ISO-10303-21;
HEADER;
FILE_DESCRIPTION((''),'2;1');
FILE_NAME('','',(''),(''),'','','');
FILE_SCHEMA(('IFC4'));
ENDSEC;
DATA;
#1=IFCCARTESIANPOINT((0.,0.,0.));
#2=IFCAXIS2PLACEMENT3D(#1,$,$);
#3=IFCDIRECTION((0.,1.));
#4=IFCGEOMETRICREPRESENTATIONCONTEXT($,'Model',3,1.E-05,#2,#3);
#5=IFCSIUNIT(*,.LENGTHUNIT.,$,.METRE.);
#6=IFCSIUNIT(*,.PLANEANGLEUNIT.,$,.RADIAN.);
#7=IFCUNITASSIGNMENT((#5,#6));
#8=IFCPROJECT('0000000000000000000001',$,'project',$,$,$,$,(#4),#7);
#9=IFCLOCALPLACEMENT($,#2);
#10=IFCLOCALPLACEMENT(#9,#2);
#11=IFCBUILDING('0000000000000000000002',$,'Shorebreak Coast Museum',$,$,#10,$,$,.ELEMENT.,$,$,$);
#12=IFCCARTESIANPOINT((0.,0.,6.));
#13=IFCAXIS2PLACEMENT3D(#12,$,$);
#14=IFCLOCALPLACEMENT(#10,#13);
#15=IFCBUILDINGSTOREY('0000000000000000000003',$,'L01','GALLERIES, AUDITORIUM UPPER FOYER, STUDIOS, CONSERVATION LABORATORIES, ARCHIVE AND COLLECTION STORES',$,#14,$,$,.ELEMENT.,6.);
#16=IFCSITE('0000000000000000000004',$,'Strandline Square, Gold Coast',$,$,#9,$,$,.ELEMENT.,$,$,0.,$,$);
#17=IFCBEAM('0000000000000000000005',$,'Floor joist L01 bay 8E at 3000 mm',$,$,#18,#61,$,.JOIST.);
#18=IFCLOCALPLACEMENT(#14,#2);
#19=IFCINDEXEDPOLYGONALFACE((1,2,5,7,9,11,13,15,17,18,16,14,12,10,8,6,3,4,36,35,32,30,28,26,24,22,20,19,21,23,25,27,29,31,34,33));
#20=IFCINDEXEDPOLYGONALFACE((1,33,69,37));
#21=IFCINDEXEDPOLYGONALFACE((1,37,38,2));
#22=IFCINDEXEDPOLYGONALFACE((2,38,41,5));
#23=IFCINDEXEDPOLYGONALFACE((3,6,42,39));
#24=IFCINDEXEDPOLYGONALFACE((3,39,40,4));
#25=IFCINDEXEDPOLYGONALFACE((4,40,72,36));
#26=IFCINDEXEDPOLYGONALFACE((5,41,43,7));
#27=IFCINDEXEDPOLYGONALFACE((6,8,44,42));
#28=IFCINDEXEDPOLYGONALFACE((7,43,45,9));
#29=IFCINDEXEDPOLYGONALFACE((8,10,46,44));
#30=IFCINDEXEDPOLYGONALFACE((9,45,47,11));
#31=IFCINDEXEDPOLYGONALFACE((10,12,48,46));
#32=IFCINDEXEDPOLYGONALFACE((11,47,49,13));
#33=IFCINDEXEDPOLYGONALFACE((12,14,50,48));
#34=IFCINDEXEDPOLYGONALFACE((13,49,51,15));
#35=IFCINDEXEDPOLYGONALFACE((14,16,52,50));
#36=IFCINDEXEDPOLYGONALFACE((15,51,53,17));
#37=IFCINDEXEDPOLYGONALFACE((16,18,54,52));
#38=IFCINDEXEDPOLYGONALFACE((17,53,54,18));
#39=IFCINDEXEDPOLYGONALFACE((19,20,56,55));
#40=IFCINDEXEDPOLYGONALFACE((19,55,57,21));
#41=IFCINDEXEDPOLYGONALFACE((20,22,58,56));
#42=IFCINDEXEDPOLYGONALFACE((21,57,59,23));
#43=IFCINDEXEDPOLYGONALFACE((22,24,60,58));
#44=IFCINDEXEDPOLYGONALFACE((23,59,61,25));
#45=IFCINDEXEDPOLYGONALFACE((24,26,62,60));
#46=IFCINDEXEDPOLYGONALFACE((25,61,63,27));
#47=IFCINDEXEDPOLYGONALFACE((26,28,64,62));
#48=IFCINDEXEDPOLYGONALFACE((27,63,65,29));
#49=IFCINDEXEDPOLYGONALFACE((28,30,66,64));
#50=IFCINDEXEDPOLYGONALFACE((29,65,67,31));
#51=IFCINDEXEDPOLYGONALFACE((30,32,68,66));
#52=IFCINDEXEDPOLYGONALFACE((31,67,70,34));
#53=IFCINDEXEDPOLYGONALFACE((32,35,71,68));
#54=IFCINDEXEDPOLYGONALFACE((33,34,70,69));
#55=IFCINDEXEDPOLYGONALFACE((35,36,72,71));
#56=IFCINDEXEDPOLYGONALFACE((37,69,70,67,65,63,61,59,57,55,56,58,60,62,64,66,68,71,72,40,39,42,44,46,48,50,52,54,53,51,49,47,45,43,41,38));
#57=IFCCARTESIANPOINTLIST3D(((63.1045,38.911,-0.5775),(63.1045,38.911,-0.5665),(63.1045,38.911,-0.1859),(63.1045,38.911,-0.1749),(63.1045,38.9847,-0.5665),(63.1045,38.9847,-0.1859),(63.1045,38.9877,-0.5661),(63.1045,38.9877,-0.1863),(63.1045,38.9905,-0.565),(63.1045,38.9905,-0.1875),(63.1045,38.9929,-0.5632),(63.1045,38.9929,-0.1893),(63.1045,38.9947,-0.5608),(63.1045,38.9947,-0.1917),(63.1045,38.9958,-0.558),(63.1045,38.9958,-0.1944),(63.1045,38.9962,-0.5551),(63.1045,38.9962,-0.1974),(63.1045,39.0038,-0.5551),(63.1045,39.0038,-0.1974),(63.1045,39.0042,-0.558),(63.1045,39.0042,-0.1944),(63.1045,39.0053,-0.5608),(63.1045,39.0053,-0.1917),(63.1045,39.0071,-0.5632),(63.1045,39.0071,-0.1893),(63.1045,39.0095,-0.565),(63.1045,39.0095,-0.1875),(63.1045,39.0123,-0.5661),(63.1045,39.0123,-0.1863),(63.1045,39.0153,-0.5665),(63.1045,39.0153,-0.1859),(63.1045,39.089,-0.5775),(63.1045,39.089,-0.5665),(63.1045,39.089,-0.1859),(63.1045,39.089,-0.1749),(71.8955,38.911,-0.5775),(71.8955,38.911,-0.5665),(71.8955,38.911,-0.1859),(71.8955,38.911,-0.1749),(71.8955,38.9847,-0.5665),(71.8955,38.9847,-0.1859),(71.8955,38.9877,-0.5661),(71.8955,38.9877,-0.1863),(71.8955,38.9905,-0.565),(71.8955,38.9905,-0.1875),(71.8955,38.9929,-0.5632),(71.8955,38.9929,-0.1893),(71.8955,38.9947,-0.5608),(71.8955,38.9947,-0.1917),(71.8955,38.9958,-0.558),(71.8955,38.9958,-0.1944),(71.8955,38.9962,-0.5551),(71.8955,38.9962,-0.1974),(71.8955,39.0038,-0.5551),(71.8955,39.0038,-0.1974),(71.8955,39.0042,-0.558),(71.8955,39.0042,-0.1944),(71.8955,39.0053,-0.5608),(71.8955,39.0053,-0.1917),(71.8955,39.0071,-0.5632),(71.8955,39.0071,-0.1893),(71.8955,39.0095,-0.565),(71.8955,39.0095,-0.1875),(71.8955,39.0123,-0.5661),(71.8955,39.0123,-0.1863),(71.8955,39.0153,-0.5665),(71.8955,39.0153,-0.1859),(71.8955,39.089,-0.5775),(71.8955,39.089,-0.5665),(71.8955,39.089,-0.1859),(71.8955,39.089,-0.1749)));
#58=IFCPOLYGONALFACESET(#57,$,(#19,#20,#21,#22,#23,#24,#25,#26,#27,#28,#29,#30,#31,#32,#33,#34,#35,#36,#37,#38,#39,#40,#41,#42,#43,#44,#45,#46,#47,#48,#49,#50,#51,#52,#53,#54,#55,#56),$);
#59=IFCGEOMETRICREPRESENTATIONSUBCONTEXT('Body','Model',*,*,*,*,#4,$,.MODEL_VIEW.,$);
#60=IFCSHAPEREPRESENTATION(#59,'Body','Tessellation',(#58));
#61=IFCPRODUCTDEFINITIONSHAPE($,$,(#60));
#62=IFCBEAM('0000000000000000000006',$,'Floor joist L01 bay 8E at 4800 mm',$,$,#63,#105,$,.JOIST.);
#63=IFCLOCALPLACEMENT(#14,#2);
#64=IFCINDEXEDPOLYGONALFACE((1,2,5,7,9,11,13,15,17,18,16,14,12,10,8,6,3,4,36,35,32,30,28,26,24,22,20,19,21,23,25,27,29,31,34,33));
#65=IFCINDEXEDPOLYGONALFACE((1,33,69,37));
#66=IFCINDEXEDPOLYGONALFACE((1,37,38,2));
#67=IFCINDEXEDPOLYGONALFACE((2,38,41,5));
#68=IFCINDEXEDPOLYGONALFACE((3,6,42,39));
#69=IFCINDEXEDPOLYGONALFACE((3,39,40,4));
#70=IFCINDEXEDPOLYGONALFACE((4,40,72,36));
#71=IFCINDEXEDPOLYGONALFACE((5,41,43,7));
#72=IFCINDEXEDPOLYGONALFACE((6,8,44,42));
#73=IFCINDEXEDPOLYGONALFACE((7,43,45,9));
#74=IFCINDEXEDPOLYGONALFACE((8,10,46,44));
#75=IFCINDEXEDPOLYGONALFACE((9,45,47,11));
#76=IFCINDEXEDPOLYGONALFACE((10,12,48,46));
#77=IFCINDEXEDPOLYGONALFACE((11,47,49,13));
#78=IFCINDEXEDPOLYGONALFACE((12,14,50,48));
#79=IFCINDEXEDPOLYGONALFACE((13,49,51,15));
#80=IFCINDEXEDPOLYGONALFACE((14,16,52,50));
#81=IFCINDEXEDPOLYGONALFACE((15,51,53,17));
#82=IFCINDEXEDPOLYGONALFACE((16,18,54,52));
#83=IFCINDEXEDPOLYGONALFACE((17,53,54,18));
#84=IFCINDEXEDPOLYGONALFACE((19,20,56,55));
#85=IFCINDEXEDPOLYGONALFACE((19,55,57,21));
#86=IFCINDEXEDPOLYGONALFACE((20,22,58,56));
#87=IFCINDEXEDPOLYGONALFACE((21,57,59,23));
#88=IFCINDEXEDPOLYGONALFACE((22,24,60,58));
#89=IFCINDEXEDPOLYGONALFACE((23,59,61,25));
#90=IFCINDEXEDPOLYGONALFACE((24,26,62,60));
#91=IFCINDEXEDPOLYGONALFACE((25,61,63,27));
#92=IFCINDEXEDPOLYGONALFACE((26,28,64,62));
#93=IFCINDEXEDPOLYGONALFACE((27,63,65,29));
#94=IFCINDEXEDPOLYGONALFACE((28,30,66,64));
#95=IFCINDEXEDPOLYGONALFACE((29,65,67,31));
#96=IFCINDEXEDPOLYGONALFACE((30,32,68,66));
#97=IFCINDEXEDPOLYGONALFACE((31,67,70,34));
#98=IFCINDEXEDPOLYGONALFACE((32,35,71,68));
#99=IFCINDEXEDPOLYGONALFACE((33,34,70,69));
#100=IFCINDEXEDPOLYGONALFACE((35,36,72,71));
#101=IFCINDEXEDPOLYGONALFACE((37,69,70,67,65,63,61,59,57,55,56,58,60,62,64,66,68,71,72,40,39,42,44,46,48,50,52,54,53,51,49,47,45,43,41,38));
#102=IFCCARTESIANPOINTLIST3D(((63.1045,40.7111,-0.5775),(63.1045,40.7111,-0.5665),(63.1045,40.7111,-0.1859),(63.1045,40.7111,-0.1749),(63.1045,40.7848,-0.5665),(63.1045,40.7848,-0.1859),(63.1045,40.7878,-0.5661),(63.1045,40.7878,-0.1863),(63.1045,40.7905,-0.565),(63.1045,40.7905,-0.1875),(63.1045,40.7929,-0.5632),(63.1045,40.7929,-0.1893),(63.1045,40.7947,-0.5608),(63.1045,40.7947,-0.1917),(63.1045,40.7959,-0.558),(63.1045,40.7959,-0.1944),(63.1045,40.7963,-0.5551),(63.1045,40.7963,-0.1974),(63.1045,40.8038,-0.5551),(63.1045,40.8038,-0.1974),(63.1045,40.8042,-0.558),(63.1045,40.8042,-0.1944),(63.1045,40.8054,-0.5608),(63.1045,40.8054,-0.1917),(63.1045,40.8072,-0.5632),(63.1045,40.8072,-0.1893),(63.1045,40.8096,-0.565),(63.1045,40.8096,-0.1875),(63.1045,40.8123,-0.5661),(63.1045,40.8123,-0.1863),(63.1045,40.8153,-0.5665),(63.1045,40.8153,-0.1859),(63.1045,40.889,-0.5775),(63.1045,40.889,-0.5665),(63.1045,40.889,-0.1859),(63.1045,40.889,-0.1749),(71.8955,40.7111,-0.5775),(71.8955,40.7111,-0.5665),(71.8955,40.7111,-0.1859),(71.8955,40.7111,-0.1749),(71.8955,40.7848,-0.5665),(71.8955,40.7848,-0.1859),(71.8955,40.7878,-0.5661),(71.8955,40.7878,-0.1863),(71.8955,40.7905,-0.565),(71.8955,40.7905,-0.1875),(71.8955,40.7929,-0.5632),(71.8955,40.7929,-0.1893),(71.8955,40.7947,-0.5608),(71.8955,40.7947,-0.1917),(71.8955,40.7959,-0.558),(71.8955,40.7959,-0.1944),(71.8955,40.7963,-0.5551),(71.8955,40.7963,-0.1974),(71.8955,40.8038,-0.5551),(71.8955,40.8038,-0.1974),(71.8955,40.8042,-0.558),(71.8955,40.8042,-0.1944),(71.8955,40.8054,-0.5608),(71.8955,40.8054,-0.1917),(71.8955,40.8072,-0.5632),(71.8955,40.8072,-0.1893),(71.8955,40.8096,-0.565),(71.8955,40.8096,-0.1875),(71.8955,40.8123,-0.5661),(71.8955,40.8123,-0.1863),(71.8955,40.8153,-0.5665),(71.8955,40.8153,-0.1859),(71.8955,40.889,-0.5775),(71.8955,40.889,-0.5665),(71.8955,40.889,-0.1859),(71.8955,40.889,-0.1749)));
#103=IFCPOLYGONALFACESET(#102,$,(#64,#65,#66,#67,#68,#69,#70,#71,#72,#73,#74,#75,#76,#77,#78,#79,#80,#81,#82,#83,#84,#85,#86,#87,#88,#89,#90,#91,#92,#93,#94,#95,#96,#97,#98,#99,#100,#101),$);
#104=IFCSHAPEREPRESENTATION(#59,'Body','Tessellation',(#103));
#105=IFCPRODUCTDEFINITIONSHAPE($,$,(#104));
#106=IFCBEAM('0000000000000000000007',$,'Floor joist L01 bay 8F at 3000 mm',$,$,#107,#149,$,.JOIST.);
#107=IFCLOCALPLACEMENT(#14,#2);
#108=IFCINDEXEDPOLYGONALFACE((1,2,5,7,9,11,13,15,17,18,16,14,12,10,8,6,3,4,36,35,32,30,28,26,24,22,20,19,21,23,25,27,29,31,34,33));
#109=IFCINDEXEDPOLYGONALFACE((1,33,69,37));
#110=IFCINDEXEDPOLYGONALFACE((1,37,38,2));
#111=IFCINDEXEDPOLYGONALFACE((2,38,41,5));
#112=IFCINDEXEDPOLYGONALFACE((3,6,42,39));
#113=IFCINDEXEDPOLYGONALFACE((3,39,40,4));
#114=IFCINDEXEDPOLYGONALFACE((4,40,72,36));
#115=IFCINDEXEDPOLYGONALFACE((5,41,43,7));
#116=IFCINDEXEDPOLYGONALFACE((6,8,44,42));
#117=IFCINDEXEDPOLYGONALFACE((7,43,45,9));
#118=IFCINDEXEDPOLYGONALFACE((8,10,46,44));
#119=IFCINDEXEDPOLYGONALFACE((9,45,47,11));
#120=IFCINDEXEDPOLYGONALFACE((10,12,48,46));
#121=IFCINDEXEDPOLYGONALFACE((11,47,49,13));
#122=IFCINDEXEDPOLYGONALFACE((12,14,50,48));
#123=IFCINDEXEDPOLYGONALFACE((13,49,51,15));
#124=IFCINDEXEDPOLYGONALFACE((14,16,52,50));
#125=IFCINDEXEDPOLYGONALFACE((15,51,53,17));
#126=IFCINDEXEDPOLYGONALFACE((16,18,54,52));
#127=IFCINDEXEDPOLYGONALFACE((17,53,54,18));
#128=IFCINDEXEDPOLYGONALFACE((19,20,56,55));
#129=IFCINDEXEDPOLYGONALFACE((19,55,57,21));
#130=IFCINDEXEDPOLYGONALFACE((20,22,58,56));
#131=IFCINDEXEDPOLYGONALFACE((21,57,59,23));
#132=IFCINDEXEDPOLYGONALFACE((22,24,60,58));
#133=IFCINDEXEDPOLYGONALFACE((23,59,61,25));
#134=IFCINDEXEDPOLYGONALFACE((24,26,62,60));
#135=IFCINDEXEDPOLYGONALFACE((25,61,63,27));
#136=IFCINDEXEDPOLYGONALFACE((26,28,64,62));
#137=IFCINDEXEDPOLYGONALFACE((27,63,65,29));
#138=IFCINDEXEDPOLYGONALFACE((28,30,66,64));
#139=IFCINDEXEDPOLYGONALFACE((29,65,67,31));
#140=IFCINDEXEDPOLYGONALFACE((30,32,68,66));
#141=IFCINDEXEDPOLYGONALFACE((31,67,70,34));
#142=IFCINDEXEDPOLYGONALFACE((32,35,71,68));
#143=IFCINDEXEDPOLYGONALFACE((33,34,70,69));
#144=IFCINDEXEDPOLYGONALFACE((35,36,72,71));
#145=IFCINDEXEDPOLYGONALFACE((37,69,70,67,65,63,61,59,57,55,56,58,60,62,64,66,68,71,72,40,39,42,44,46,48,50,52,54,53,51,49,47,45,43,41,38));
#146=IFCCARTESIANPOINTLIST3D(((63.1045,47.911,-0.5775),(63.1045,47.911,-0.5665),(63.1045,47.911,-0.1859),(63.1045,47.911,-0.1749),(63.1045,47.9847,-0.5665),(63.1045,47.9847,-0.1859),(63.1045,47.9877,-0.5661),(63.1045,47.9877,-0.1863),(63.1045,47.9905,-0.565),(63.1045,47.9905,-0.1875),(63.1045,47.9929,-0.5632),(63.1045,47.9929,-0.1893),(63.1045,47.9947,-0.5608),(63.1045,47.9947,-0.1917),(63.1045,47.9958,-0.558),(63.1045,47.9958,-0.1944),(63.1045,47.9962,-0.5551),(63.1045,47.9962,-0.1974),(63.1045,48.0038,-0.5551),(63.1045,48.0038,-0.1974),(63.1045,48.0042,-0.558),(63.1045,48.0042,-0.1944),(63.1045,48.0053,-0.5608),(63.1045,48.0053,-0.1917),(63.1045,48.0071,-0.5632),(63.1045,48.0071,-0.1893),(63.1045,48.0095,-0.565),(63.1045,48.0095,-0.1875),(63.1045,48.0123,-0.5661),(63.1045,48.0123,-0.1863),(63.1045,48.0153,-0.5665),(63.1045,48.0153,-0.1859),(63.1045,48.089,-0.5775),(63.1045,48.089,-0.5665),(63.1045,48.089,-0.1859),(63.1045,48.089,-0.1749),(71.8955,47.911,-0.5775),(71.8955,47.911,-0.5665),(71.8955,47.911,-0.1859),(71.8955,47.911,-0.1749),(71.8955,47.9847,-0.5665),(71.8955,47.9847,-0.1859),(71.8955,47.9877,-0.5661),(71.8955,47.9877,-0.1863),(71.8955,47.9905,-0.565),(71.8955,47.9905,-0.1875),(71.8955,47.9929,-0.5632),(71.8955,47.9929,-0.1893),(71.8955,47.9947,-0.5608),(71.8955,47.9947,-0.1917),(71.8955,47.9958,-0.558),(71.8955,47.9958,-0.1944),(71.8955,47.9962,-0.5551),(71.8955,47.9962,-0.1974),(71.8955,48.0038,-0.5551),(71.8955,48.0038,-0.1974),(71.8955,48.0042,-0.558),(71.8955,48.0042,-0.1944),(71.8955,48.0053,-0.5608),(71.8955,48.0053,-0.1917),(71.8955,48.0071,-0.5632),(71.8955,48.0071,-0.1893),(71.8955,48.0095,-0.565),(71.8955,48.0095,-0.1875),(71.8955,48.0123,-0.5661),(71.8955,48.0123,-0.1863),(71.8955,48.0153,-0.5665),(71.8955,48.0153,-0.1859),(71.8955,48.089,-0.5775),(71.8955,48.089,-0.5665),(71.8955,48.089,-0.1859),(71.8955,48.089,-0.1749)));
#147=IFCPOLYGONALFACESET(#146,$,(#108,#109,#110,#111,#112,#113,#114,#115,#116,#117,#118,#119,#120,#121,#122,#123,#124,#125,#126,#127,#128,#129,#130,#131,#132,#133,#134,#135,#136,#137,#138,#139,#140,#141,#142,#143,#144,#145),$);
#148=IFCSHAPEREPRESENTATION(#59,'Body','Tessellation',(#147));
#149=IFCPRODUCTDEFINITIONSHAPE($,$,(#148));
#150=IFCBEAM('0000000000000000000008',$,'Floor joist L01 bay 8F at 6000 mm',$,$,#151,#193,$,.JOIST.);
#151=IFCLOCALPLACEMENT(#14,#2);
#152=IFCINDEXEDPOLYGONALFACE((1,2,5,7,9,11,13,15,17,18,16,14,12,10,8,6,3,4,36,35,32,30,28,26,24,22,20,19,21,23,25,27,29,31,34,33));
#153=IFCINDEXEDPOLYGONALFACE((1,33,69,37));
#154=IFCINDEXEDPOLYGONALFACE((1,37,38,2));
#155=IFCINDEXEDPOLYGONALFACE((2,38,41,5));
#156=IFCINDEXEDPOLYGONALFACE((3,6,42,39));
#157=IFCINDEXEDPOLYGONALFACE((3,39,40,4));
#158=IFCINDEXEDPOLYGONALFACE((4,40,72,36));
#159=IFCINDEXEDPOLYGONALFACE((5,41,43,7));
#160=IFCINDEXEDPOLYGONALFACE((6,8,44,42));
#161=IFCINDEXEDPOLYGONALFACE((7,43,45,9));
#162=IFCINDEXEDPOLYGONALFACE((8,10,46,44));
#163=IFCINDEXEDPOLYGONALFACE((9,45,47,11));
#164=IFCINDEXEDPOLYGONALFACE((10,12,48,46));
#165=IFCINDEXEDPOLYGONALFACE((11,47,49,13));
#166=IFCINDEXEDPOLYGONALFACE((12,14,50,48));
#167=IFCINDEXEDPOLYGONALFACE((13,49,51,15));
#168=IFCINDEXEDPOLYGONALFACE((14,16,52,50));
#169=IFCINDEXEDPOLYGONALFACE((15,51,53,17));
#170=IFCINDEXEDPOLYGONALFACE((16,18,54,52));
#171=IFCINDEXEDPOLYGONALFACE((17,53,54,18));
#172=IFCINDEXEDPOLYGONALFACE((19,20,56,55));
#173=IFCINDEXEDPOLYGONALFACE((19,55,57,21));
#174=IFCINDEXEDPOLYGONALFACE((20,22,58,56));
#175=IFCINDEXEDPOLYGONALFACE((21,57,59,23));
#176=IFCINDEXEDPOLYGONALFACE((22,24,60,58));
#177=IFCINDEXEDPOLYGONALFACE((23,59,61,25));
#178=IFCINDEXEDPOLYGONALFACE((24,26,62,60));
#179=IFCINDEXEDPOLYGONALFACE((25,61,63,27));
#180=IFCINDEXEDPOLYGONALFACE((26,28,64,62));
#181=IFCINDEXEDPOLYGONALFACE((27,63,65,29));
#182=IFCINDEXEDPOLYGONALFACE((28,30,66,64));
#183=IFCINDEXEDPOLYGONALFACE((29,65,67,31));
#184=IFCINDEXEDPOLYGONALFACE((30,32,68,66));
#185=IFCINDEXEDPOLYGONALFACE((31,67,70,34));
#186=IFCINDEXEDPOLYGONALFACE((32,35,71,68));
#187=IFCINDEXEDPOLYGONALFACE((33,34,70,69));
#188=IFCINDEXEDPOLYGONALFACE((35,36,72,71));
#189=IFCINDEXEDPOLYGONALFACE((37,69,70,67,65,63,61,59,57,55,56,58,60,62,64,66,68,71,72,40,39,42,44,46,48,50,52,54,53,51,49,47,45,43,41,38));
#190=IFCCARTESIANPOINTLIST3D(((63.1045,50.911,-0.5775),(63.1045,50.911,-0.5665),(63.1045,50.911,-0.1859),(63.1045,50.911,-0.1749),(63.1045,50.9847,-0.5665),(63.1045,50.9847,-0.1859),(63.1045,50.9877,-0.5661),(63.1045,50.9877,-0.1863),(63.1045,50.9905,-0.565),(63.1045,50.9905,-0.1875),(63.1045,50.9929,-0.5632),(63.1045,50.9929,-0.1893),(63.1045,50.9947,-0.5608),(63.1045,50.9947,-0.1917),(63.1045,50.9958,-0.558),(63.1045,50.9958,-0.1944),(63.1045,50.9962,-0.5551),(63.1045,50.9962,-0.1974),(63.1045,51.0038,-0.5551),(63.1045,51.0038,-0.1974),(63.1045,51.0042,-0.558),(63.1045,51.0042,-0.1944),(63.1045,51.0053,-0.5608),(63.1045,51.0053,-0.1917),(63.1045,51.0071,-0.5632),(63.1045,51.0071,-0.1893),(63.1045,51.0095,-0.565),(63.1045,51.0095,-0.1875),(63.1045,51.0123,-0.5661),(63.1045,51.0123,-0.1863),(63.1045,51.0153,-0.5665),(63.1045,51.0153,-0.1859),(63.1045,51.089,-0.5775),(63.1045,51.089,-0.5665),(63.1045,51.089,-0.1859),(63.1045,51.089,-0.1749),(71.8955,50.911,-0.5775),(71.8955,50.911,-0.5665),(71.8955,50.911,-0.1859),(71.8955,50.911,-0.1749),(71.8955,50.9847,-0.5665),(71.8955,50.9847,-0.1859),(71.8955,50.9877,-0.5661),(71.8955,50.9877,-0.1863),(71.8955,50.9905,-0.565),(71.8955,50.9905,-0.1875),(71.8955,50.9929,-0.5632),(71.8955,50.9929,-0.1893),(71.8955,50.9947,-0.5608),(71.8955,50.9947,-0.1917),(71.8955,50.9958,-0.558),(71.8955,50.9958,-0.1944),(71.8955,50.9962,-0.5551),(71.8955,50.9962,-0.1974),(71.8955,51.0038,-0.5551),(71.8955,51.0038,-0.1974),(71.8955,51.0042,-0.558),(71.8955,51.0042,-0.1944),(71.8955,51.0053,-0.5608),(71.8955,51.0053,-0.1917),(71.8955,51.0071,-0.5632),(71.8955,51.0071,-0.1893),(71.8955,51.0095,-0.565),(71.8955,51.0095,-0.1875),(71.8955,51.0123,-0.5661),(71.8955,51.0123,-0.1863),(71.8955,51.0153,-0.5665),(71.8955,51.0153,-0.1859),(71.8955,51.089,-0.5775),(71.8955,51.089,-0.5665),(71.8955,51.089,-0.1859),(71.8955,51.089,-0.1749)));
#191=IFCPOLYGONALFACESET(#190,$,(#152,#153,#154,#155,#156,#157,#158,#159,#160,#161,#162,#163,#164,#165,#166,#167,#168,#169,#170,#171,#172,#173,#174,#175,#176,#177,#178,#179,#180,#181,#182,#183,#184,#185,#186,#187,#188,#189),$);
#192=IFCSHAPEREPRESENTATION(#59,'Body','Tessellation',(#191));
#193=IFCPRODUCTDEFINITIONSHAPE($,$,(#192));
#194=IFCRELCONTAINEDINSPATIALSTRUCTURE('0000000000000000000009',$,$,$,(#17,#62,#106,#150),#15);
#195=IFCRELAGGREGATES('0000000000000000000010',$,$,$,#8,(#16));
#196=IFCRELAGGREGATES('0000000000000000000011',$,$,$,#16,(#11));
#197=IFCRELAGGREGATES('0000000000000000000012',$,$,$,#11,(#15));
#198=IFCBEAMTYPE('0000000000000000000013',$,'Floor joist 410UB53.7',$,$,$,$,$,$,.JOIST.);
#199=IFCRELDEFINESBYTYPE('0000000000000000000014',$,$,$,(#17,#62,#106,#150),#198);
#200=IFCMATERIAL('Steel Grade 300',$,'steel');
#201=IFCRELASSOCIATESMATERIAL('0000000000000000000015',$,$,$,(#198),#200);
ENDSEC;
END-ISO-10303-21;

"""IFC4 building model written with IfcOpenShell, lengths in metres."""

from ifc_helpers import new_model, si_unit, direction, frame, origin, origin_2d, place, context, subcontext, project, spatial, i_section, extrude, material, material_profile, profile_set, type_object, element, save


model = new_model("IFC4")

# Units and contexts
model_context = context("Model", 3, precision=1e-05, world=origin(), true_north=direction((0.0, 1.0)))
body_context = subcontext(model_context, "Body", "Model", "MODEL_VIEW")
ifc_project = project(units=[si_unit("LENGTHUNIT", "METRE"), si_unit("PLANEANGLEUNIT", "RADIAN")], contexts=[model_context])

# Site, building, storey
site_placement = place(None, origin())
site = spatial("IfcSite", under=ifc_project, at=site_placement, Name="Strandline Square, Gold Coast", CompositionType="ELEMENT", RefElevation=0.0)
building_placement = place(site_placement, origin())
building = spatial("IfcBuilding", under=site, at=building_placement, Name="Shorebreak Coast Museum", CompositionType="ELEMENT")
storey_placement = place(building_placement, frame((0.0, 0.0, 6.0)))
storey = spatial("IfcBuildingStorey", under=building, at=storey_placement, Name="L01", Description="GALLERIES, AUDITORIUM UPPER FOYER, STUDIOS, CONSERVATION LABORATORIES, ARCHIVE AND COLLECTION STORES", CompositionType="ELEMENT", Elevation=6.0)

# Beams
ifc_material_1 = material(Name="Steel Grade 300", Category="steel")
ifc_material_profile_1 = material_profile(ifc_material_1, i_section(OverallWidth=0.178, OverallDepth=0.4026, WebThickness=0.0076, FlangeThickness=0.011, FilletRadius=0.0115, at=origin_2d()), Name="410UB53.7")
ifc_profile_set_1 = profile_set([ifc_material_profile_1], Name="Steel Grade 300")
beam_type_1 = type_object("IfcBeamType", Name="Floor joist 410UB53.7", PredefinedType="JOIST", material=ifc_profile_set_1)
for number, where, z_axis, x_axis, name in (
    (1, (63.1045, 39.0, -0.3762), (1.0, 0.0, 0.0), (0.0, 1.0, 0.0), "Floor joist L01 bay 8E at 3000 mm"),
    (2, (63.1045, 40.8, -0.3762), (1.0, 0.0, 0.0), (0.0, 1.0, 0.0), "Floor joist L01 bay 8E at 4800 mm"),
    (3, (63.1045, 48.0, -0.3762), (1.0, 0.0, 0.0), (0.0, 1.0, 0.0), "Floor joist L01 bay 8F at 3000 mm"),
    (4, (63.1045, 51.0, -0.3762), (1.0, 0.0, 0.0), (0.0, 1.0, 0.0), "Floor joist L01 bay 8F at 6000 mm"),
):
    element("IfcBeam", number, at=place(storey_placement, frame(where, z_axis=z_axis, x_axis=x_axis)), inside=storey, type_object=beam_type_1, Name=name, PredefinedType="JOIST", context=body_context, shape_type="SweptSolid", body=[
        extrude(i_section(OverallWidth=0.178, OverallDepth=0.4026, WebThickness=0.0076, FlangeThickness=0.011, FilletRadius=0.0115, at=origin_2d()), origin(), (0.0, 0.0, 1.0), 8.791),
    ])

save(model, "model.ifc")
